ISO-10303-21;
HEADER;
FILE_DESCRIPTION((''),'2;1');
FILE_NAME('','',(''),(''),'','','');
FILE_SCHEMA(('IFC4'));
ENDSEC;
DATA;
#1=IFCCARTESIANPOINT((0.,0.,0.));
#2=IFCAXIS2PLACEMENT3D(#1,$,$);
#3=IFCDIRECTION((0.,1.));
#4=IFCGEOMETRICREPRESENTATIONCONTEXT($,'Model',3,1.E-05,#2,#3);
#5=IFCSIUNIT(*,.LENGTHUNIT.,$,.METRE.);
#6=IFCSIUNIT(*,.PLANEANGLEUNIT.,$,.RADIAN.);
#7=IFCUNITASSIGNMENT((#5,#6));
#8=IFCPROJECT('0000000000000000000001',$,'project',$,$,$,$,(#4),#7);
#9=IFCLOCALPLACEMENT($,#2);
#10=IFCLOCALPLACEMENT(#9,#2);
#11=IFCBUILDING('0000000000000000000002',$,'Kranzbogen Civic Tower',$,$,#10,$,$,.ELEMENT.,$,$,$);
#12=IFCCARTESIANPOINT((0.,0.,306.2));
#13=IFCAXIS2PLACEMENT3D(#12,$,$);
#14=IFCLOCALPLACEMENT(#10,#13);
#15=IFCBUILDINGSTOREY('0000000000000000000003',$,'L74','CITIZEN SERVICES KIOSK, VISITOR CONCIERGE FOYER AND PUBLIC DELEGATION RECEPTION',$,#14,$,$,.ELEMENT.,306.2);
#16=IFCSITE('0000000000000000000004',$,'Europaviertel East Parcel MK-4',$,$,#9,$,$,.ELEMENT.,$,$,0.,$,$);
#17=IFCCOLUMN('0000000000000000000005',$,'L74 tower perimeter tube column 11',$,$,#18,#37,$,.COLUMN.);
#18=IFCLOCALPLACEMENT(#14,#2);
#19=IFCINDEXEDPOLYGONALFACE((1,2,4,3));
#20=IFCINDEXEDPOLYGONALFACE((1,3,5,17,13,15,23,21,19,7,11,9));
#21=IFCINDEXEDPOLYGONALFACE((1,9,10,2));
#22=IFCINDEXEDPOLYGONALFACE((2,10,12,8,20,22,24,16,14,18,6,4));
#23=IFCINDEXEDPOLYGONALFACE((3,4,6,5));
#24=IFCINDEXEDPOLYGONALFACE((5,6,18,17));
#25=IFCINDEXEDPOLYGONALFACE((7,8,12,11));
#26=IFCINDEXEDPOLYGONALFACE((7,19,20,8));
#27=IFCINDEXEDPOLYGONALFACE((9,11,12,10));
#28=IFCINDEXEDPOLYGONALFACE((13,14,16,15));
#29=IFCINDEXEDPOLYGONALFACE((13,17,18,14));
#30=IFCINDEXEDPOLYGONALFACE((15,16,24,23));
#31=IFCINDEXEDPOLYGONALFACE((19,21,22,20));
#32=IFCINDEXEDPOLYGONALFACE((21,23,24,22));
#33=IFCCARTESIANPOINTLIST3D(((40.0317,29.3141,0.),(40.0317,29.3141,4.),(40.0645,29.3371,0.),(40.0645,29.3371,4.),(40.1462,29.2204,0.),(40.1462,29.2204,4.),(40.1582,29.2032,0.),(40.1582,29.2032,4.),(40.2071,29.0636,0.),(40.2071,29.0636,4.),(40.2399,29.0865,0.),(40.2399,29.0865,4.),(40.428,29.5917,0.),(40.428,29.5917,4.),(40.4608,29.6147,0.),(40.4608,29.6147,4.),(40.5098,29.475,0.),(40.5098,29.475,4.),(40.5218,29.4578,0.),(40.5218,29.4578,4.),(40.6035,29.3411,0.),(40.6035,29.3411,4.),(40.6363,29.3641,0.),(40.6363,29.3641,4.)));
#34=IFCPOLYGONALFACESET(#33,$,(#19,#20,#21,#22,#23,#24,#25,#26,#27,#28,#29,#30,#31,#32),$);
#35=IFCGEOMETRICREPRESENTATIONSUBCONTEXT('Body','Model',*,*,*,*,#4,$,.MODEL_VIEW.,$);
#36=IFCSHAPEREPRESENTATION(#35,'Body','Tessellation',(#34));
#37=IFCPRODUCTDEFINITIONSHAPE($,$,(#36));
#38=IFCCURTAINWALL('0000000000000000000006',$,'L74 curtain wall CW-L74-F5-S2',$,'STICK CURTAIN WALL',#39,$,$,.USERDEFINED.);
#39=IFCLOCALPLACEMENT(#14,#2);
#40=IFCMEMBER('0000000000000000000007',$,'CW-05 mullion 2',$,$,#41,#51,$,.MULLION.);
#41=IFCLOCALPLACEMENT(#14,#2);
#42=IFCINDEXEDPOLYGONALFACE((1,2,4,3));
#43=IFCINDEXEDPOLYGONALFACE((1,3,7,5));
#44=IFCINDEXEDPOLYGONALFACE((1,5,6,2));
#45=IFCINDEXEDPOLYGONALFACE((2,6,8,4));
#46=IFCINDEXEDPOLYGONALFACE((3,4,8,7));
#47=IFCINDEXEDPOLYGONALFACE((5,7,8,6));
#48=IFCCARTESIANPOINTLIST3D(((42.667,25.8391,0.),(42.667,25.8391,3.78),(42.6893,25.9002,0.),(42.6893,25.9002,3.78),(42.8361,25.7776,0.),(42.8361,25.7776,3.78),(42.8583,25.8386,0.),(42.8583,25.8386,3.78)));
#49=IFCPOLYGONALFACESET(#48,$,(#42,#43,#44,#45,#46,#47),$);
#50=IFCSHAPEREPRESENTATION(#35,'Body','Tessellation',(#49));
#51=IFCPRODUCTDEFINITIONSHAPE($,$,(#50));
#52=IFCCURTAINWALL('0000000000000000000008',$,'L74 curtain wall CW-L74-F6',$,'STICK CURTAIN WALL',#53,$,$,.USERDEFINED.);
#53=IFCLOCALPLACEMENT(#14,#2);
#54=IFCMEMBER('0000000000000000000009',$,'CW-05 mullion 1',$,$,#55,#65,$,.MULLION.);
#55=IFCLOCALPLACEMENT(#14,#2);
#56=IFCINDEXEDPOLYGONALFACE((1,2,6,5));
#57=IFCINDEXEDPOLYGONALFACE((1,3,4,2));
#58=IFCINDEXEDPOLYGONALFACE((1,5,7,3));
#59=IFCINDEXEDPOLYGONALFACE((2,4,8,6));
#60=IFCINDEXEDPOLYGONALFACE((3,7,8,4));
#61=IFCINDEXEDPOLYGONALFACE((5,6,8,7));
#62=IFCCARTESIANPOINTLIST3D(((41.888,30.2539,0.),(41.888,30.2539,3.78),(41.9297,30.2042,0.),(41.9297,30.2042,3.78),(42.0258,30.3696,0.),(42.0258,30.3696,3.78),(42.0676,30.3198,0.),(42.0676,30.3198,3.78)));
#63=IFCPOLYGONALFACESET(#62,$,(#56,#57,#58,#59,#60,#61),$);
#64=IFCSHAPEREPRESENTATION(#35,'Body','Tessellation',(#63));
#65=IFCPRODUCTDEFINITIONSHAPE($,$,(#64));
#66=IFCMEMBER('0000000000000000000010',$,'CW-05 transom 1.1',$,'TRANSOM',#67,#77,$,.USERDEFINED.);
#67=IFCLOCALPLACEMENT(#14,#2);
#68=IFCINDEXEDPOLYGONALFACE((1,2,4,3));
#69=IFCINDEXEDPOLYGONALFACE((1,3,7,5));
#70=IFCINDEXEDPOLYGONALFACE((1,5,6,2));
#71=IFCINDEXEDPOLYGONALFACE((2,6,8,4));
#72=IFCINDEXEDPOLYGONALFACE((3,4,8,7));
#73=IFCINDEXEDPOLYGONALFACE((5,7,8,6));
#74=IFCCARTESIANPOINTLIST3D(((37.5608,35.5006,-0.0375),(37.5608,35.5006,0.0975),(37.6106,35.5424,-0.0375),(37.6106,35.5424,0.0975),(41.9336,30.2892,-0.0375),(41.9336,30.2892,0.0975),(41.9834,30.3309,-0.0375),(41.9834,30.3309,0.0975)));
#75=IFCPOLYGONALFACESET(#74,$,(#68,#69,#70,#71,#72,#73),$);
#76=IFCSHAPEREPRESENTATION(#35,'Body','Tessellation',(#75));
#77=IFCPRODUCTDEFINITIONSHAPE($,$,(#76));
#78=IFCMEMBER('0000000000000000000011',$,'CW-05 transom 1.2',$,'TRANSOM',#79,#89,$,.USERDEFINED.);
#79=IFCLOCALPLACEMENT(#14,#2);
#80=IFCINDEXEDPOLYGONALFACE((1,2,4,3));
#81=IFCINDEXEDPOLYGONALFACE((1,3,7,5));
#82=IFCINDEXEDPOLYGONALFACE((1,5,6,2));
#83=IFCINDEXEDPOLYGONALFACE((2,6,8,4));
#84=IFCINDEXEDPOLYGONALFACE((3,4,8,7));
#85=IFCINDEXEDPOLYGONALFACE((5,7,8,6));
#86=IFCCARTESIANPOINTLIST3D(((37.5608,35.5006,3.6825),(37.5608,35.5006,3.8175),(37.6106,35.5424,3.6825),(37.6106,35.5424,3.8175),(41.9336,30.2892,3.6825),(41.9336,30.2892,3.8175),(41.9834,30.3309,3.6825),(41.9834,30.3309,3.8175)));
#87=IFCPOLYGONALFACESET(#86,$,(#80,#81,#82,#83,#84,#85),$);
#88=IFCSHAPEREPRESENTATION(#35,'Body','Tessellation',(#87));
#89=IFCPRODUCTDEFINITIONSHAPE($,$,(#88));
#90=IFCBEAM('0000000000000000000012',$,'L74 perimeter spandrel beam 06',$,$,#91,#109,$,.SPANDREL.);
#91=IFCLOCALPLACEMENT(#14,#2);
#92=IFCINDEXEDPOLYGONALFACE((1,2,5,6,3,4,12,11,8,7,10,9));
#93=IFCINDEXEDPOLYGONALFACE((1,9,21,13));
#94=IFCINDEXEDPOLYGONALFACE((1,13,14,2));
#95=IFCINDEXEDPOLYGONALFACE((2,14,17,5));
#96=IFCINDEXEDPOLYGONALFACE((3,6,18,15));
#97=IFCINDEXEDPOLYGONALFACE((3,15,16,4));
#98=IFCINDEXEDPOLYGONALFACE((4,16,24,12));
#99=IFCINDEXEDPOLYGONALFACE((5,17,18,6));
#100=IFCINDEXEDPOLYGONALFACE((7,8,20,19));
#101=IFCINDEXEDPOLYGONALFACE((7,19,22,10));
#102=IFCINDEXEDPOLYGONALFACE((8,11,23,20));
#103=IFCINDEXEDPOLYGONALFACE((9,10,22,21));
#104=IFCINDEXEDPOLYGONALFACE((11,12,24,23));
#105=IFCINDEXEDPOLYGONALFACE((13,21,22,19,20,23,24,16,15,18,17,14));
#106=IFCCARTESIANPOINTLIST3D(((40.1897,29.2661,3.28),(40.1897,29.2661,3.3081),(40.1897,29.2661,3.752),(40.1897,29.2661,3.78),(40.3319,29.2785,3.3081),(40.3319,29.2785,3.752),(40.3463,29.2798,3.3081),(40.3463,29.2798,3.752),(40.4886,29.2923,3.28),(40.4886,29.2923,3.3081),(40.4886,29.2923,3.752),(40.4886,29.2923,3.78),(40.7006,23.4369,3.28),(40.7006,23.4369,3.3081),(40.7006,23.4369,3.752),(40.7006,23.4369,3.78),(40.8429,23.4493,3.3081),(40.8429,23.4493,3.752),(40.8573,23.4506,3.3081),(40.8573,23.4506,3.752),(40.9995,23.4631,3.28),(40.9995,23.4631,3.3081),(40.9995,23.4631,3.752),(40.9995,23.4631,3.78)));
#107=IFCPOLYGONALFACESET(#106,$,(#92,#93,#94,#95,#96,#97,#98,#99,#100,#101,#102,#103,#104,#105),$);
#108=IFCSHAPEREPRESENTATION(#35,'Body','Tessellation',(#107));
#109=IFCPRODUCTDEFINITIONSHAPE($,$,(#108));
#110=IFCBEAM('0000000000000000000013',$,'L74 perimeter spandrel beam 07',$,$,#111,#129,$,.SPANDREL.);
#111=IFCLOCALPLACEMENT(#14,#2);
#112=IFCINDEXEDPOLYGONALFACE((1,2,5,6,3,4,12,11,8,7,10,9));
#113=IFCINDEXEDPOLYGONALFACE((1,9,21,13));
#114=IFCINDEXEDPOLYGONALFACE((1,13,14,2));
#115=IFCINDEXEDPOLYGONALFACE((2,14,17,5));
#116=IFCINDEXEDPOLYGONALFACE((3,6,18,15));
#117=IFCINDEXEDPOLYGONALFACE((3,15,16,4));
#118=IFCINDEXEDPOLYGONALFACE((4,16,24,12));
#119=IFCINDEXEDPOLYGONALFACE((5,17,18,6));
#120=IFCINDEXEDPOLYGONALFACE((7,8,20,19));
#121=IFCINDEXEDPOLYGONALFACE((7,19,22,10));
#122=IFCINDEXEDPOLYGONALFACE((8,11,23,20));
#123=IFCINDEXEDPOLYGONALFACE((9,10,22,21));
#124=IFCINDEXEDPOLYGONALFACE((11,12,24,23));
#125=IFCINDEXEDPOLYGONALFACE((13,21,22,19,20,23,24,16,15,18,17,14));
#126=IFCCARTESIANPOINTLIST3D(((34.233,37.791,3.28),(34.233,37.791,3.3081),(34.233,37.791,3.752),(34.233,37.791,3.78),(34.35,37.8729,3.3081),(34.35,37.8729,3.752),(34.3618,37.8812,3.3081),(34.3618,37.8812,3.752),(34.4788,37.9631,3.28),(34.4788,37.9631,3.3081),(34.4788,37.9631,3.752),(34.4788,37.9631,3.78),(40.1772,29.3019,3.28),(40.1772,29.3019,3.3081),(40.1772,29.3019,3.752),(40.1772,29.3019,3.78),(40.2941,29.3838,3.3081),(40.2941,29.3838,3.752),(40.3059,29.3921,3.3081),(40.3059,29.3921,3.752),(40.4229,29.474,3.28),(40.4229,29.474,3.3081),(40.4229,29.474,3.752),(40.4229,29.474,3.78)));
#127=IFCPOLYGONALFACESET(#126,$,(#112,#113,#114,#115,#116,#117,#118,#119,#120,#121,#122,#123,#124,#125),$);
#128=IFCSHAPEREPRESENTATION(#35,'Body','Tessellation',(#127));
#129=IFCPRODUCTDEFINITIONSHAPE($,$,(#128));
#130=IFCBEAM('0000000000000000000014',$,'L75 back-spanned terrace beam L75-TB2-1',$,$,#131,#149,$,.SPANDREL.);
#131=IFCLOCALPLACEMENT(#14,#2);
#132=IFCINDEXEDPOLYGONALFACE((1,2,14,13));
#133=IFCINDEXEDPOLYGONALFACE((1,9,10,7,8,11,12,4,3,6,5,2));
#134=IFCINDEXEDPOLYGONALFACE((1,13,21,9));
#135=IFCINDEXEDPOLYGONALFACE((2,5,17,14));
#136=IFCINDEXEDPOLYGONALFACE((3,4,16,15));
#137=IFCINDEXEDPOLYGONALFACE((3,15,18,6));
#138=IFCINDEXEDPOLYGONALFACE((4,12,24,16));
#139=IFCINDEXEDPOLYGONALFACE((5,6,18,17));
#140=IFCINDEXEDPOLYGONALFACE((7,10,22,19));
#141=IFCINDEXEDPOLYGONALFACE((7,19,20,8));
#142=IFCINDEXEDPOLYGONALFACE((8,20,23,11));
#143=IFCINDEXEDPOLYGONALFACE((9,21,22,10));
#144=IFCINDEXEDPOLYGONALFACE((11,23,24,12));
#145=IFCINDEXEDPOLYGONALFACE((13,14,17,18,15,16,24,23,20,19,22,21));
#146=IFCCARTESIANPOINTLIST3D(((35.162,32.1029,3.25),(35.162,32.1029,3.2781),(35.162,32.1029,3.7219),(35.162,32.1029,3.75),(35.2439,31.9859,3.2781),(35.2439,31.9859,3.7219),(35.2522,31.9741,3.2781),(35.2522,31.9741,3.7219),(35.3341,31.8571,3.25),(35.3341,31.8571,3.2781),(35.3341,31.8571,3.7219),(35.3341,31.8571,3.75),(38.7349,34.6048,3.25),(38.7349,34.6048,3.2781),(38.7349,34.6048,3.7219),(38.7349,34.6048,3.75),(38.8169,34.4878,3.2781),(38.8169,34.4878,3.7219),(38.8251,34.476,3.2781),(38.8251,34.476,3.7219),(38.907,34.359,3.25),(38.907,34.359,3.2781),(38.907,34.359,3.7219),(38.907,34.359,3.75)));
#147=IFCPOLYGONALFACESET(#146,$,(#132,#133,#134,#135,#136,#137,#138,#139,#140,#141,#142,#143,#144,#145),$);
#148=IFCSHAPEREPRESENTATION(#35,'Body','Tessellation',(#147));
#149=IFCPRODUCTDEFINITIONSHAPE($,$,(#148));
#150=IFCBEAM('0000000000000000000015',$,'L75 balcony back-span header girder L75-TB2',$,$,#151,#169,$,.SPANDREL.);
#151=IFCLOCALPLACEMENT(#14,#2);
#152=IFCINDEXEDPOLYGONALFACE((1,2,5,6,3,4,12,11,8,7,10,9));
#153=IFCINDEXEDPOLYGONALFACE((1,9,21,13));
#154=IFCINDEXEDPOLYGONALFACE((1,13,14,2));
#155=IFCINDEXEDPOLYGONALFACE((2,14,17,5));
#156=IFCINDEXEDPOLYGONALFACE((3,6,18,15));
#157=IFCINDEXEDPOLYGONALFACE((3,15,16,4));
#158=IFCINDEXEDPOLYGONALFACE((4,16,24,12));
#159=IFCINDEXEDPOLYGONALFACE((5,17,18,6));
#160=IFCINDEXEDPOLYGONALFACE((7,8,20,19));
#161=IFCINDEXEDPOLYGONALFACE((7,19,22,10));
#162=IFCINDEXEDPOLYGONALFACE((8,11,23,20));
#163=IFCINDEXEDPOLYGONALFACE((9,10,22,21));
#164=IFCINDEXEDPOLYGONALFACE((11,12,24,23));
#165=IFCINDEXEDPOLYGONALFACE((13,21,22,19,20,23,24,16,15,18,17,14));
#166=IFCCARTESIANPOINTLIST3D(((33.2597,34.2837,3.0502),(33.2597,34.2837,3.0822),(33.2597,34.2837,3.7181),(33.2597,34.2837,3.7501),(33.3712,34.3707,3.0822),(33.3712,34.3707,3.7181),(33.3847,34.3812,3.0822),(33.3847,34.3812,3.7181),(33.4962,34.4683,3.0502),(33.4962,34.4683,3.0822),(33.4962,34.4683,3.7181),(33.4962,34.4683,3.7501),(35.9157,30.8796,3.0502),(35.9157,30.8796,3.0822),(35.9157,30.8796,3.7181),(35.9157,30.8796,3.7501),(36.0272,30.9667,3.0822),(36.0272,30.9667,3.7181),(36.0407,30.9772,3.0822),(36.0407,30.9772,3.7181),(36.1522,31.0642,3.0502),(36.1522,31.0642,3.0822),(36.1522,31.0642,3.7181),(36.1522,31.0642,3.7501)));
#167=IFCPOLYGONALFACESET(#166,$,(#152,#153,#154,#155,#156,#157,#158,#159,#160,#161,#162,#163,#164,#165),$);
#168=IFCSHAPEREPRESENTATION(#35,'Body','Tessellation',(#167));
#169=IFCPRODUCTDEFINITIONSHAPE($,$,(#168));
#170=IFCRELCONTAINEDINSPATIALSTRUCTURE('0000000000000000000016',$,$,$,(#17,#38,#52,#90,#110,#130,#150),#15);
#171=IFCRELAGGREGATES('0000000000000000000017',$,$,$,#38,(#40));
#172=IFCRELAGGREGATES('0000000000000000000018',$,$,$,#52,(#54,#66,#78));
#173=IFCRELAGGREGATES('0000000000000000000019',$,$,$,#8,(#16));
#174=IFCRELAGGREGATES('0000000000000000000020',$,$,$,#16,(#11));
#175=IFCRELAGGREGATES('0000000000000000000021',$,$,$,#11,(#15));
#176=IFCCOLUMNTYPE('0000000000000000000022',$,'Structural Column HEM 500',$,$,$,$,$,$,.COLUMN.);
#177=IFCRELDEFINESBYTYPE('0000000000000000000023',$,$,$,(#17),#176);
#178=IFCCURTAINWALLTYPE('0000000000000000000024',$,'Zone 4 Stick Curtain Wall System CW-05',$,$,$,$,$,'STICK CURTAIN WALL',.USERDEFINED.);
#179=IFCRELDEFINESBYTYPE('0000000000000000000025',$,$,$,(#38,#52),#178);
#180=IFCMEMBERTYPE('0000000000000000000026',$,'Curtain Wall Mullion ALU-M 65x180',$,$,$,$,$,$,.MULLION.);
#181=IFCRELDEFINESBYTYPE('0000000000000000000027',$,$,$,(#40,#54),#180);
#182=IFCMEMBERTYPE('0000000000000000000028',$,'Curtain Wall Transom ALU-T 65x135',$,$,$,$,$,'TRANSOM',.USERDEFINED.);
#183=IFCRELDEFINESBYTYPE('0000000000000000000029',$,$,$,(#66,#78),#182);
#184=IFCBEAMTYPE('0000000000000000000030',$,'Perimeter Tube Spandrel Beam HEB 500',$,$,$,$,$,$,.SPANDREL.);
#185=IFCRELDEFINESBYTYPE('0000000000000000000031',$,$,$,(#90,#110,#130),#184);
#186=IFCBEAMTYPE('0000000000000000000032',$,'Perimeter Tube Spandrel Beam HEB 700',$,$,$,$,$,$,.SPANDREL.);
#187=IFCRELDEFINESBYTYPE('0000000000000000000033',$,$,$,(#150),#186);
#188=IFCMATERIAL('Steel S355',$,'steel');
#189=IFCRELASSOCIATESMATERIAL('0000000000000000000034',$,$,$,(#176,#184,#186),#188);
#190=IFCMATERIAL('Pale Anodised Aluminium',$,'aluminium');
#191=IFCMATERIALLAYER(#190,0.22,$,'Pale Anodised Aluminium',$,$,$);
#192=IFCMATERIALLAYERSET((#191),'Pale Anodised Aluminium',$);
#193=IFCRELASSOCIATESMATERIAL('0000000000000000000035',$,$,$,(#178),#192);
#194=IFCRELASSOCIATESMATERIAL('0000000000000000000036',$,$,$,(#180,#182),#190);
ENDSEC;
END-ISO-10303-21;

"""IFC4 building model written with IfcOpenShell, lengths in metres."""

from ifc_helpers import new_model, si_unit, direction, frame, origin, origin_2d, place, context, subcontext, project, spatial, rectangle, i_section, extrude, material, layer, layer_set, material_profile, profile_set, type_object, element, aggregate, save


model = new_model("IFC4")

# Units and contexts
model_context = context("Model", 3, precision=1e-05, world=origin(), true_north=direction((0.0, 1.0)))
body_context = subcontext(model_context, "Body", "Model", "MODEL_VIEW")
ifc_project = project(units=[si_unit("LENGTHUNIT", "METRE"), si_unit("PLANEANGLEUNIT", "RADIAN")], contexts=[model_context])

# Site, building, storey
site_placement = place(None, origin())
site = spatial("IfcSite", under=ifc_project, at=site_placement, Name="Europaviertel East Parcel MK-4", CompositionType="ELEMENT", RefElevation=0.0)
building_placement = place(site_placement, origin())
building = spatial("IfcBuilding", under=site, at=building_placement, Name="Kranzbogen Civic Tower", CompositionType="ELEMENT")
storey_placement = place(building_placement, frame((0.0, 0.0, 306.2)))
storey = spatial("IfcBuildingStorey", under=building, at=storey_placement, Name="L74", Description="CITIZEN SERVICES KIOSK, VISITOR CONCIERGE FOYER AND PUBLIC DELEGATION RECEPTION", CompositionType="ELEMENT", Elevation=306.2)

# Column
ifc_material_1 = material(Name="Steel S355", Category="steel")
ifc_material_profile_1 = material_profile(ifc_material_1, i_section(OverallWidth=0.3059, OverallDepth=0.5239, WebThickness=0.021, FlangeThickness=0.04, at=origin_2d()), Name="HEM 500")
ifc_profile_set_1 = profile_set([ifc_material_profile_1], Name="Steel S355")
column_type = type_object("IfcColumnType", Name="Structural Column HEM 500", PredefinedType="COLUMN", material=ifc_profile_set_1)
column_placement = place(storey_placement, frame((40.334, 29.3391, 0.0), z_axis=(0.0, 0.0, 1.0), x_axis=(-0.573576, 0.819152, 0.0)))
element("IfcColumn", 1, at=column_placement, inside=storey, type_object=column_type, Name="L74 tower perimeter tube column 11", PredefinedType="COLUMN", context=body_context, shape_type="SweptSolid", body=[
    extrude(i_section(OverallWidth=0.3059, OverallDepth=0.5239, WebThickness=0.021, FlangeThickness=0.04, at=origin_2d()), origin(), (0.0, 0.0, 1.0), 4.0),
])

# Curtain wall, member
ifc_material_2 = material(Name="Pale Anodised Aluminium", Category="aluminium")
ifc_layer_1 = layer(ifc_material_2, 0.22, Name="Pale Anodised Aluminium")
ifc_layer_set_1 = layer_set([ifc_layer_1], Name="Pale Anodised Aluminium")
curtain_wall_type = type_object("IfcCurtainWallType", Name="Zone 4 Stick Curtain Wall System CW-05", ElementType="STICK CURTAIN WALL", PredefinedType="USERDEFINED", material=ifc_layer_set_1)
curtain_wall_1_placement = place(storey_placement, origin())
curtain_wall_1 = element("IfcCurtainWall", 2, at=curtain_wall_1_placement, inside=storey, type_object=curtain_wall_type, Name="L74 curtain wall CW-L74-F5-S2", ObjectType="STICK CURTAIN WALL", PredefinedType="USERDEFINED")
ifc_material_profile_2 = material_profile(ifc_material_2, rectangle(XDim=0.0649, YDim=0.1799, at=origin_2d()), Name="ALU-M 65x180")
ifc_profile_set_2 = profile_set([ifc_material_profile_2], Name="Pale Anodised Aluminium")
member_type_1 = type_object("IfcMemberType", Name="Curtain Wall Mullion ALU-M 65x180", PredefinedType="MULLION", material=ifc_profile_set_2)
member_1_placement = place(storey_placement, frame((42.7627, 25.8389, 0.0), z_axis=(0.0, 0.0, 1.0), x_axis=(0.342138, 0.93965, 0.0)))
member_1 = element("IfcMember", 3, at=member_1_placement, type_object=member_type_1, Name="CW-05 mullion 2", PredefinedType="MULLION", context=body_context, shape_type="SweptSolid", body=[
    extrude(rectangle(XDim=0.0649, YDim=0.1799, at=origin_2d()), origin(), (0.0, 0.0, 1.0), 3.78),
])
aggregate(curtain_wall_1, [member_1])

# Curtain wall, members
curtain_wall_2_placement = place(storey_placement, origin())
curtain_wall_2 = element("IfcCurtainWall", 4, at=curtain_wall_2_placement, inside=storey, type_object=curtain_wall_type, Name="L74 curtain wall CW-L74-F6", ObjectType="STICK CURTAIN WALL", PredefinedType="USERDEFINED")
member_2_placement = place(storey_placement, frame((41.9778, 30.2869, 0.0), z_axis=(0.0, 0.0, 1.0), x_axis=(-0.642756, 0.766071, 0.0)))
member_2 = element("IfcMember", 5, at=member_2_placement, type_object=member_type_1, Name="CW-05 mullion 1", PredefinedType="MULLION", context=body_context, shape_type="SweptSolid", body=[
    extrude(rectangle(XDim=0.0649, YDim=0.1799, at=origin_2d()), origin(), (0.0, 0.0, 1.0), 3.78),
])
ifc_material_profile_3 = material_profile(ifc_material_2, rectangle(XDim=0.0649, YDim=0.135, at=origin_2d()), Name="ALU-T 65x135")
ifc_profile_set_3 = profile_set([ifc_material_profile_3], Name="Pale Anodised Aluminium")
member_type_2 = type_object("IfcMemberType", Name="Curtain Wall Transom ALU-T 65x135", ElementType="TRANSOM", PredefinedType="USERDEFINED", material=ifc_profile_set_3)
member_3_placement = place(storey_placement, frame((41.9585, 30.3101, 0.03), z_axis=(-0.642779, 0.766052, 0.0), x_axis=(-0.766052, -0.642779, 0.0)))
member_3 = element("IfcMember", 6, at=member_3_placement, type_object=member_type_2, Name="CW-05 transom 1.1", ObjectType="TRANSOM", PredefinedType="USERDEFINED", context=body_context, shape_type="SweptSolid", body=[
    extrude(rectangle(XDim=0.0649, YDim=0.135, at=origin_2d()), origin(), (0.0, 0.0, 1.0), 6.803),
])
member_4_placement = place(storey_placement, frame((41.9585, 30.3101, 3.75), z_axis=(-0.642779, 0.766052, 0.0), x_axis=(-0.766052, -0.642779, 0.0)))
member_4 = element("IfcMember", 7, at=member_4_placement, type_object=member_type_2, Name="CW-05 transom 1.2", ObjectType="TRANSOM", PredefinedType="USERDEFINED", context=body_context, shape_type="SweptSolid", body=[
    extrude(rectangle(XDim=0.0649, YDim=0.135, at=origin_2d()), origin(), (0.0, 0.0, 1.0), 6.803),
])
aggregate(curtain_wall_2, [member_2, member_3, member_4])

# Beams
ifc_material_profile_4 = material_profile(ifc_material_1, i_section(OverallWidth=0.3, OverallDepth=0.5, WebThickness=0.0144, FlangeThickness=0.0281, at=origin_2d()), Name="HEB 500")
ifc_profile_set_4 = profile_set([ifc_material_profile_4], Name="Steel S355")
beam_type_1 = type_object("IfcBeamType", Name="Perimeter Tube Spandrel Beam HEB 500", PredefinedType="SPANDREL", material=ifc_profile_set_4)
beam_1_placement = place(storey_placement, frame((40.8501, 23.45, 3.53), z_axis=(-0.087326, 0.99618, 0.0), x_axis=(-0.99618, -0.087326, 0.0)))
element("IfcBeam", 8, at=beam_1_placement, inside=storey, type_object=beam_type_1, Name="L74 perimeter spandrel beam 06", PredefinedType="SPANDREL", context=body_context, shape_type="SweptSolid", body=[
    extrude(i_section(OverallWidth=0.3, OverallDepth=0.5, WebThickness=0.0144, FlangeThickness=0.0281, at=origin_2d()), origin(), (0.0, 0.0, 1.0), 5.8516),
])
beam_2_placement = place(storey_placement, frame((40.3, 29.3879, 3.53), z_axis=(-0.573578, 0.819151, 0.0), x_axis=(-0.819151, -0.573578, 0.0)))
element("IfcBeam", 9, at=beam_2_placement, inside=storey, type_object=beam_type_1, Name="L74 perimeter spandrel beam 07", PredefinedType="SPANDREL", context=body_context, shape_type="SweptSolid", body=[
    extrude(i_section(OverallWidth=0.3, OverallDepth=0.5, WebThickness=0.0144, FlangeThickness=0.0281, at=origin_2d()), origin(), (0.0, 0.0, 1.0), 10.3633),
])
beam_3_placement = place(storey_placement, frame((35.248, 31.98, 3.5), z_axis=(0.81914, 0.573594, 0.0), x_axis=(-0.573594, 0.81914, 0.0)))
element("IfcBeam", 10, at=beam_3_placement, inside=storey, type_object=beam_type_1, Name="L75 back-spanned terrace beam L75-TB2-1", PredefinedType="SPANDREL", context=body_context, shape_type="SweptSolid", body=[
    extrude(i_section(OverallWidth=0.3, OverallDepth=0.5, WebThickness=0.0144, FlangeThickness=0.0281, at=origin_2d()), origin(), (0.0, 0.0, 1.0), 4.3618),
])
ifc_material_profile_5 = material_profile(ifc_material_1, i_section(OverallWidth=0.3, OverallDepth=0.7, WebThickness=0.0171, FlangeThickness=0.032, at=origin_2d()), Name="HEB 700")
ifc_profile_set_5 = profile_set([ifc_material_profile_5], Name="Steel S355")
beam_type_2 = type_object("IfcBeamType", Name="Perimeter Tube Spandrel Beam HEB 700", PredefinedType="SPANDREL", material=ifc_profile_set_5)
beam_4_placement = place(storey_placement, frame((36.0339, 30.9719, 3.4001), z_axis=(-0.615153, 0.788407, 0.0), x_axis=(-0.788407, -0.615153, 0.0)))
element("IfcBeam", 11, at=beam_4_placement, inside=storey, type_object=beam_type_2, Name="L75 balcony back-span header girder L75-TB2", PredefinedType="SPANDREL", context=body_context, shape_type="SweptSolid", body=[
    extrude(i_section(OverallWidth=0.3, OverallDepth=0.7, WebThickness=0.0171, FlangeThickness=0.032, at=origin_2d()), origin(), (0.0, 0.0, 1.0), 4.3176),
])

save(model, "model.ifc")
